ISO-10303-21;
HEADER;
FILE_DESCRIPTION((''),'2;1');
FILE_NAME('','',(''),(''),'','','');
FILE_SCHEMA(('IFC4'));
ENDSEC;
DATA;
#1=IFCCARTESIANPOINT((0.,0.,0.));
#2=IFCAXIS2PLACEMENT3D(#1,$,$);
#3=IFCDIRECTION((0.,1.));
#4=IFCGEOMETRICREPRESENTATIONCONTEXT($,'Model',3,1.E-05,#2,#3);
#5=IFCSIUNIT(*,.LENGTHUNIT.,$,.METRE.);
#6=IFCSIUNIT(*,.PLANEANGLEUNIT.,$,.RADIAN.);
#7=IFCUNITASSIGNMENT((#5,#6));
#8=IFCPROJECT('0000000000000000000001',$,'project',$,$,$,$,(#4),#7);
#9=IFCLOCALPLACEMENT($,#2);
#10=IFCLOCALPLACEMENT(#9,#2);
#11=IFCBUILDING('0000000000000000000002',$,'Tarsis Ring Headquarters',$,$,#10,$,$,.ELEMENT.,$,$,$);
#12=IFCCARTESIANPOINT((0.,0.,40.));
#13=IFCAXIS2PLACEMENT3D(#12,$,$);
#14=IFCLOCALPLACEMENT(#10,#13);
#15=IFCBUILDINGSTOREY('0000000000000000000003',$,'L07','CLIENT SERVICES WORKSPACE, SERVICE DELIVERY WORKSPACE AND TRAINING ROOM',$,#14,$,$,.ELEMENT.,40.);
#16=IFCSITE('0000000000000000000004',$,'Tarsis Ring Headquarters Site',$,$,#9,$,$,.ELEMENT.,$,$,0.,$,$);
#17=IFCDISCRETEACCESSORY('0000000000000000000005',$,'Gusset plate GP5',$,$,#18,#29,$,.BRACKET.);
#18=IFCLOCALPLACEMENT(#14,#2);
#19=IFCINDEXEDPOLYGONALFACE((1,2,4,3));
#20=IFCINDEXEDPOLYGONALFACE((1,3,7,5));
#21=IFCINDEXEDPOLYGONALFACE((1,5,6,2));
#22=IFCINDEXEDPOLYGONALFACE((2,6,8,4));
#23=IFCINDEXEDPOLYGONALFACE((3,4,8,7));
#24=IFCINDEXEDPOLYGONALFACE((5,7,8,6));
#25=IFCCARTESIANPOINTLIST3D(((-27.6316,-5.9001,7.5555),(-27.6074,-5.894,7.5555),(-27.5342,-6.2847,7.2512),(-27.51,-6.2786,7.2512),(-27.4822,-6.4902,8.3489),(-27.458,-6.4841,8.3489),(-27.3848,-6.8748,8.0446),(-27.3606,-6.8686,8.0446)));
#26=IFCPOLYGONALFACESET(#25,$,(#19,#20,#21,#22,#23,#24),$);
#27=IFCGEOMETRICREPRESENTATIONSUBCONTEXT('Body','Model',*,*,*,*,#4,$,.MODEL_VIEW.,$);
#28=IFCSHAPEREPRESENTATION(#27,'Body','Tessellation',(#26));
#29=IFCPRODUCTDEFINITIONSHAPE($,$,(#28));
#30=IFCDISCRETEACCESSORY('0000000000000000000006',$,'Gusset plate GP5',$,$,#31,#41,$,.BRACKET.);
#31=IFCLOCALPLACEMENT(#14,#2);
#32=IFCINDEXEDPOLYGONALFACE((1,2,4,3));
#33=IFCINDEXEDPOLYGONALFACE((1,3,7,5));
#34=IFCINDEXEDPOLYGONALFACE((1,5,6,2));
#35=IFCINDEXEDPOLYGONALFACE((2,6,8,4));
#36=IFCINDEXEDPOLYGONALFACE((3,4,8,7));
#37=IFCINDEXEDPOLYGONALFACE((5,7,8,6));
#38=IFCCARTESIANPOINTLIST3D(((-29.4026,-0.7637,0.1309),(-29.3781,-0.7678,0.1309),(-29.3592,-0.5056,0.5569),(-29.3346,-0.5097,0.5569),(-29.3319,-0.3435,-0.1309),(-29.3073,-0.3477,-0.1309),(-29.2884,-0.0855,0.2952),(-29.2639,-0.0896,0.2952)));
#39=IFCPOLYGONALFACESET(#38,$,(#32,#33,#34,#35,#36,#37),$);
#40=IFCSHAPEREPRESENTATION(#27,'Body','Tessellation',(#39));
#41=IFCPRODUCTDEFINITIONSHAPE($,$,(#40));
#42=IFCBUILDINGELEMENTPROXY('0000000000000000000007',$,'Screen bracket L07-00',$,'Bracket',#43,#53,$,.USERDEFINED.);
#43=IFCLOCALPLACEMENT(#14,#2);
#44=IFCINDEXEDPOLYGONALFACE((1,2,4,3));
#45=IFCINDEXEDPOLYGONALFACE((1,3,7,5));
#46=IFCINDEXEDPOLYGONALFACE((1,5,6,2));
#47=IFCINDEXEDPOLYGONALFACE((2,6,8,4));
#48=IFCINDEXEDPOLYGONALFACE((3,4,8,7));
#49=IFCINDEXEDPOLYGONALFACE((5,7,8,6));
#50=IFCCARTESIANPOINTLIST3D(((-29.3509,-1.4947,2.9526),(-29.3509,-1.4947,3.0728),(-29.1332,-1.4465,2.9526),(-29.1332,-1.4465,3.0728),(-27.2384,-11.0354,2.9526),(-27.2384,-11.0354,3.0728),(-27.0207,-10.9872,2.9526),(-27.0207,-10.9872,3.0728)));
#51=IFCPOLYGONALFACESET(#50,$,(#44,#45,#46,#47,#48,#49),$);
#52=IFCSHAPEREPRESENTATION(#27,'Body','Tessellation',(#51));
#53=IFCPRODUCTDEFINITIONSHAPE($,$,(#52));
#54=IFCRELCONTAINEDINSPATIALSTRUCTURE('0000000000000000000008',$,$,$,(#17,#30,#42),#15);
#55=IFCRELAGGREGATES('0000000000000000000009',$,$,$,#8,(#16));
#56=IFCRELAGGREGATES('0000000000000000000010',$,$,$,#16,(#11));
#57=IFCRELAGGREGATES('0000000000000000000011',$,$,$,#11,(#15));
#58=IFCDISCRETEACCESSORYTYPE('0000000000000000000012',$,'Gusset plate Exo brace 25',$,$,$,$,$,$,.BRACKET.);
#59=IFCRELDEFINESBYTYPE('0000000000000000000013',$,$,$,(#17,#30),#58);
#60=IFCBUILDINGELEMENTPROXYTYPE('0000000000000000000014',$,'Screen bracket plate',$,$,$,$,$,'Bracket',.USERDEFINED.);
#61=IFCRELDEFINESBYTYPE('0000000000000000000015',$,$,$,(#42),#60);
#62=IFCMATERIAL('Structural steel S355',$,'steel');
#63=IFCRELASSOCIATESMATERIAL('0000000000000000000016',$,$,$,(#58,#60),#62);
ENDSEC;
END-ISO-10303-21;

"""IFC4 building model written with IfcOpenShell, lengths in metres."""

from ifc_helpers import new_model, si_unit, direction, frame, origin, origin_2d, place, context, subcontext, project, spatial, rectangle, extrude, material, material_profile, profile_set, type_object, element, save


model = new_model("IFC4")

# Units and contexts
model_context = context("Model", 3, precision=1e-05, world=origin(), true_north=direction((0.0, 1.0)))
body_context = subcontext(model_context, "Body", "Model", "MODEL_VIEW")
ifc_project = project(units=[si_unit("LENGTHUNIT", "METRE"), si_unit("PLANEANGLEUNIT", "RADIAN")], contexts=[model_context])

# Site, building, storey
site_placement = place(None, origin())
site = spatial("IfcSite", under=ifc_project, at=site_placement, Name="Tarsis Ring Headquarters Site", CompositionType="ELEMENT", RefElevation=0.0)
building_placement = place(site_placement, origin())
building = spatial("IfcBuilding", under=site, at=building_placement, Name="Tarsis Ring Headquarters", CompositionType="ELEMENT")
storey_placement = place(building_placement, frame((0.0, 0.0, 40.0)))
storey = spatial("IfcBuildingStorey", under=building, at=storey_placement, Name="L07", Description="CLIENT SERVICES WORKSPACE, SERVICE DELIVERY WORKSPACE AND TRAINING ROOM", CompositionType="ELEMENT", Elevation=40.0)

# Shared definitions
ifc_material_1 = material(Name="Structural steel S355", Category="steel")

# Discrete accessories
ifc_material_profile_1 = material_profile(ifc_material_1, rectangle(XDim=0.0249, YDim=0.5, at=origin_2d()), Name="PL 25x500")
ifc_profile_set_1 = profile_set([ifc_material_profile_1], Name="Structural steel S355")
discrete_accessory_type = type_object("IfcDiscreteAccessoryType", Name="Gusset plate Exo brace 25", PredefinedType="BRACKET", material=ifc_profile_set_1)
discrete_accessory_1_placement = place(storey_placement, frame((-27.5708, -6.0894, 7.4033), z_axis=(0.149406, -0.590058, 0.793416), x_axis=(0.969407, 0.24546, 0.0)))
element("IfcDiscreteAccessory", 1, at=discrete_accessory_1_placement, inside=storey, type_object=discrete_accessory_type, Name="Gusset plate GP5", PredefinedType="BRACKET", context=body_context, shape_type="SweptSolid", body=[
    extrude(rectangle(XDim=0.0249, YDim=0.5, at=origin_2d()), origin(), (0.0, 0.0, 1.0), 1.0),
])
discrete_accessory_2_placement = place(storey_placement, frame((-29.355, -0.5557, 0.0), z_axis=(0.086918, 0.516135, 0.852086), x_axis=(-0.986115, 0.166063, 0.0)))
element("IfcDiscreteAccessory", 2, at=discrete_accessory_2_placement, inside=storey, type_object=discrete_accessory_type, Name="Gusset plate GP5", PredefinedType="BRACKET", context=body_context, shape_type="SweptSolid", body=[
    extrude(rectangle(XDim=0.0249, YDim=0.5, at=origin_2d()), origin(), (0.0, 0.0, 1.0), 0.5),
])

# Building element proxy
building_element_proxy_type = type_object("IfcBuildingElementProxyType", Name="Screen bracket plate", ElementType="Bracket", PredefinedType="USERDEFINED", material=ifc_material_1)
proxy_placement = place(storey_placement, frame((-28.1858, -6.241, 2.9526), z_axis=(0.0, 0.0, 1.0), x_axis=(0.216184, -0.976353, 0.0)))
element("IfcBuildingElementProxy", 3, at=proxy_placement, inside=storey, type_object=building_element_proxy_type, Name="Screen bracket L07-00", ObjectType="Bracket", PredefinedType="USERDEFINED", context=body_context, shape_type="SweptSolid", body=[
    extrude(rectangle(XDim=9.7717, YDim=0.2229, at=origin_2d()), origin(), (0.0, 0.0, 1.0), 0.1201),
])

save(model, "model.ifc")
